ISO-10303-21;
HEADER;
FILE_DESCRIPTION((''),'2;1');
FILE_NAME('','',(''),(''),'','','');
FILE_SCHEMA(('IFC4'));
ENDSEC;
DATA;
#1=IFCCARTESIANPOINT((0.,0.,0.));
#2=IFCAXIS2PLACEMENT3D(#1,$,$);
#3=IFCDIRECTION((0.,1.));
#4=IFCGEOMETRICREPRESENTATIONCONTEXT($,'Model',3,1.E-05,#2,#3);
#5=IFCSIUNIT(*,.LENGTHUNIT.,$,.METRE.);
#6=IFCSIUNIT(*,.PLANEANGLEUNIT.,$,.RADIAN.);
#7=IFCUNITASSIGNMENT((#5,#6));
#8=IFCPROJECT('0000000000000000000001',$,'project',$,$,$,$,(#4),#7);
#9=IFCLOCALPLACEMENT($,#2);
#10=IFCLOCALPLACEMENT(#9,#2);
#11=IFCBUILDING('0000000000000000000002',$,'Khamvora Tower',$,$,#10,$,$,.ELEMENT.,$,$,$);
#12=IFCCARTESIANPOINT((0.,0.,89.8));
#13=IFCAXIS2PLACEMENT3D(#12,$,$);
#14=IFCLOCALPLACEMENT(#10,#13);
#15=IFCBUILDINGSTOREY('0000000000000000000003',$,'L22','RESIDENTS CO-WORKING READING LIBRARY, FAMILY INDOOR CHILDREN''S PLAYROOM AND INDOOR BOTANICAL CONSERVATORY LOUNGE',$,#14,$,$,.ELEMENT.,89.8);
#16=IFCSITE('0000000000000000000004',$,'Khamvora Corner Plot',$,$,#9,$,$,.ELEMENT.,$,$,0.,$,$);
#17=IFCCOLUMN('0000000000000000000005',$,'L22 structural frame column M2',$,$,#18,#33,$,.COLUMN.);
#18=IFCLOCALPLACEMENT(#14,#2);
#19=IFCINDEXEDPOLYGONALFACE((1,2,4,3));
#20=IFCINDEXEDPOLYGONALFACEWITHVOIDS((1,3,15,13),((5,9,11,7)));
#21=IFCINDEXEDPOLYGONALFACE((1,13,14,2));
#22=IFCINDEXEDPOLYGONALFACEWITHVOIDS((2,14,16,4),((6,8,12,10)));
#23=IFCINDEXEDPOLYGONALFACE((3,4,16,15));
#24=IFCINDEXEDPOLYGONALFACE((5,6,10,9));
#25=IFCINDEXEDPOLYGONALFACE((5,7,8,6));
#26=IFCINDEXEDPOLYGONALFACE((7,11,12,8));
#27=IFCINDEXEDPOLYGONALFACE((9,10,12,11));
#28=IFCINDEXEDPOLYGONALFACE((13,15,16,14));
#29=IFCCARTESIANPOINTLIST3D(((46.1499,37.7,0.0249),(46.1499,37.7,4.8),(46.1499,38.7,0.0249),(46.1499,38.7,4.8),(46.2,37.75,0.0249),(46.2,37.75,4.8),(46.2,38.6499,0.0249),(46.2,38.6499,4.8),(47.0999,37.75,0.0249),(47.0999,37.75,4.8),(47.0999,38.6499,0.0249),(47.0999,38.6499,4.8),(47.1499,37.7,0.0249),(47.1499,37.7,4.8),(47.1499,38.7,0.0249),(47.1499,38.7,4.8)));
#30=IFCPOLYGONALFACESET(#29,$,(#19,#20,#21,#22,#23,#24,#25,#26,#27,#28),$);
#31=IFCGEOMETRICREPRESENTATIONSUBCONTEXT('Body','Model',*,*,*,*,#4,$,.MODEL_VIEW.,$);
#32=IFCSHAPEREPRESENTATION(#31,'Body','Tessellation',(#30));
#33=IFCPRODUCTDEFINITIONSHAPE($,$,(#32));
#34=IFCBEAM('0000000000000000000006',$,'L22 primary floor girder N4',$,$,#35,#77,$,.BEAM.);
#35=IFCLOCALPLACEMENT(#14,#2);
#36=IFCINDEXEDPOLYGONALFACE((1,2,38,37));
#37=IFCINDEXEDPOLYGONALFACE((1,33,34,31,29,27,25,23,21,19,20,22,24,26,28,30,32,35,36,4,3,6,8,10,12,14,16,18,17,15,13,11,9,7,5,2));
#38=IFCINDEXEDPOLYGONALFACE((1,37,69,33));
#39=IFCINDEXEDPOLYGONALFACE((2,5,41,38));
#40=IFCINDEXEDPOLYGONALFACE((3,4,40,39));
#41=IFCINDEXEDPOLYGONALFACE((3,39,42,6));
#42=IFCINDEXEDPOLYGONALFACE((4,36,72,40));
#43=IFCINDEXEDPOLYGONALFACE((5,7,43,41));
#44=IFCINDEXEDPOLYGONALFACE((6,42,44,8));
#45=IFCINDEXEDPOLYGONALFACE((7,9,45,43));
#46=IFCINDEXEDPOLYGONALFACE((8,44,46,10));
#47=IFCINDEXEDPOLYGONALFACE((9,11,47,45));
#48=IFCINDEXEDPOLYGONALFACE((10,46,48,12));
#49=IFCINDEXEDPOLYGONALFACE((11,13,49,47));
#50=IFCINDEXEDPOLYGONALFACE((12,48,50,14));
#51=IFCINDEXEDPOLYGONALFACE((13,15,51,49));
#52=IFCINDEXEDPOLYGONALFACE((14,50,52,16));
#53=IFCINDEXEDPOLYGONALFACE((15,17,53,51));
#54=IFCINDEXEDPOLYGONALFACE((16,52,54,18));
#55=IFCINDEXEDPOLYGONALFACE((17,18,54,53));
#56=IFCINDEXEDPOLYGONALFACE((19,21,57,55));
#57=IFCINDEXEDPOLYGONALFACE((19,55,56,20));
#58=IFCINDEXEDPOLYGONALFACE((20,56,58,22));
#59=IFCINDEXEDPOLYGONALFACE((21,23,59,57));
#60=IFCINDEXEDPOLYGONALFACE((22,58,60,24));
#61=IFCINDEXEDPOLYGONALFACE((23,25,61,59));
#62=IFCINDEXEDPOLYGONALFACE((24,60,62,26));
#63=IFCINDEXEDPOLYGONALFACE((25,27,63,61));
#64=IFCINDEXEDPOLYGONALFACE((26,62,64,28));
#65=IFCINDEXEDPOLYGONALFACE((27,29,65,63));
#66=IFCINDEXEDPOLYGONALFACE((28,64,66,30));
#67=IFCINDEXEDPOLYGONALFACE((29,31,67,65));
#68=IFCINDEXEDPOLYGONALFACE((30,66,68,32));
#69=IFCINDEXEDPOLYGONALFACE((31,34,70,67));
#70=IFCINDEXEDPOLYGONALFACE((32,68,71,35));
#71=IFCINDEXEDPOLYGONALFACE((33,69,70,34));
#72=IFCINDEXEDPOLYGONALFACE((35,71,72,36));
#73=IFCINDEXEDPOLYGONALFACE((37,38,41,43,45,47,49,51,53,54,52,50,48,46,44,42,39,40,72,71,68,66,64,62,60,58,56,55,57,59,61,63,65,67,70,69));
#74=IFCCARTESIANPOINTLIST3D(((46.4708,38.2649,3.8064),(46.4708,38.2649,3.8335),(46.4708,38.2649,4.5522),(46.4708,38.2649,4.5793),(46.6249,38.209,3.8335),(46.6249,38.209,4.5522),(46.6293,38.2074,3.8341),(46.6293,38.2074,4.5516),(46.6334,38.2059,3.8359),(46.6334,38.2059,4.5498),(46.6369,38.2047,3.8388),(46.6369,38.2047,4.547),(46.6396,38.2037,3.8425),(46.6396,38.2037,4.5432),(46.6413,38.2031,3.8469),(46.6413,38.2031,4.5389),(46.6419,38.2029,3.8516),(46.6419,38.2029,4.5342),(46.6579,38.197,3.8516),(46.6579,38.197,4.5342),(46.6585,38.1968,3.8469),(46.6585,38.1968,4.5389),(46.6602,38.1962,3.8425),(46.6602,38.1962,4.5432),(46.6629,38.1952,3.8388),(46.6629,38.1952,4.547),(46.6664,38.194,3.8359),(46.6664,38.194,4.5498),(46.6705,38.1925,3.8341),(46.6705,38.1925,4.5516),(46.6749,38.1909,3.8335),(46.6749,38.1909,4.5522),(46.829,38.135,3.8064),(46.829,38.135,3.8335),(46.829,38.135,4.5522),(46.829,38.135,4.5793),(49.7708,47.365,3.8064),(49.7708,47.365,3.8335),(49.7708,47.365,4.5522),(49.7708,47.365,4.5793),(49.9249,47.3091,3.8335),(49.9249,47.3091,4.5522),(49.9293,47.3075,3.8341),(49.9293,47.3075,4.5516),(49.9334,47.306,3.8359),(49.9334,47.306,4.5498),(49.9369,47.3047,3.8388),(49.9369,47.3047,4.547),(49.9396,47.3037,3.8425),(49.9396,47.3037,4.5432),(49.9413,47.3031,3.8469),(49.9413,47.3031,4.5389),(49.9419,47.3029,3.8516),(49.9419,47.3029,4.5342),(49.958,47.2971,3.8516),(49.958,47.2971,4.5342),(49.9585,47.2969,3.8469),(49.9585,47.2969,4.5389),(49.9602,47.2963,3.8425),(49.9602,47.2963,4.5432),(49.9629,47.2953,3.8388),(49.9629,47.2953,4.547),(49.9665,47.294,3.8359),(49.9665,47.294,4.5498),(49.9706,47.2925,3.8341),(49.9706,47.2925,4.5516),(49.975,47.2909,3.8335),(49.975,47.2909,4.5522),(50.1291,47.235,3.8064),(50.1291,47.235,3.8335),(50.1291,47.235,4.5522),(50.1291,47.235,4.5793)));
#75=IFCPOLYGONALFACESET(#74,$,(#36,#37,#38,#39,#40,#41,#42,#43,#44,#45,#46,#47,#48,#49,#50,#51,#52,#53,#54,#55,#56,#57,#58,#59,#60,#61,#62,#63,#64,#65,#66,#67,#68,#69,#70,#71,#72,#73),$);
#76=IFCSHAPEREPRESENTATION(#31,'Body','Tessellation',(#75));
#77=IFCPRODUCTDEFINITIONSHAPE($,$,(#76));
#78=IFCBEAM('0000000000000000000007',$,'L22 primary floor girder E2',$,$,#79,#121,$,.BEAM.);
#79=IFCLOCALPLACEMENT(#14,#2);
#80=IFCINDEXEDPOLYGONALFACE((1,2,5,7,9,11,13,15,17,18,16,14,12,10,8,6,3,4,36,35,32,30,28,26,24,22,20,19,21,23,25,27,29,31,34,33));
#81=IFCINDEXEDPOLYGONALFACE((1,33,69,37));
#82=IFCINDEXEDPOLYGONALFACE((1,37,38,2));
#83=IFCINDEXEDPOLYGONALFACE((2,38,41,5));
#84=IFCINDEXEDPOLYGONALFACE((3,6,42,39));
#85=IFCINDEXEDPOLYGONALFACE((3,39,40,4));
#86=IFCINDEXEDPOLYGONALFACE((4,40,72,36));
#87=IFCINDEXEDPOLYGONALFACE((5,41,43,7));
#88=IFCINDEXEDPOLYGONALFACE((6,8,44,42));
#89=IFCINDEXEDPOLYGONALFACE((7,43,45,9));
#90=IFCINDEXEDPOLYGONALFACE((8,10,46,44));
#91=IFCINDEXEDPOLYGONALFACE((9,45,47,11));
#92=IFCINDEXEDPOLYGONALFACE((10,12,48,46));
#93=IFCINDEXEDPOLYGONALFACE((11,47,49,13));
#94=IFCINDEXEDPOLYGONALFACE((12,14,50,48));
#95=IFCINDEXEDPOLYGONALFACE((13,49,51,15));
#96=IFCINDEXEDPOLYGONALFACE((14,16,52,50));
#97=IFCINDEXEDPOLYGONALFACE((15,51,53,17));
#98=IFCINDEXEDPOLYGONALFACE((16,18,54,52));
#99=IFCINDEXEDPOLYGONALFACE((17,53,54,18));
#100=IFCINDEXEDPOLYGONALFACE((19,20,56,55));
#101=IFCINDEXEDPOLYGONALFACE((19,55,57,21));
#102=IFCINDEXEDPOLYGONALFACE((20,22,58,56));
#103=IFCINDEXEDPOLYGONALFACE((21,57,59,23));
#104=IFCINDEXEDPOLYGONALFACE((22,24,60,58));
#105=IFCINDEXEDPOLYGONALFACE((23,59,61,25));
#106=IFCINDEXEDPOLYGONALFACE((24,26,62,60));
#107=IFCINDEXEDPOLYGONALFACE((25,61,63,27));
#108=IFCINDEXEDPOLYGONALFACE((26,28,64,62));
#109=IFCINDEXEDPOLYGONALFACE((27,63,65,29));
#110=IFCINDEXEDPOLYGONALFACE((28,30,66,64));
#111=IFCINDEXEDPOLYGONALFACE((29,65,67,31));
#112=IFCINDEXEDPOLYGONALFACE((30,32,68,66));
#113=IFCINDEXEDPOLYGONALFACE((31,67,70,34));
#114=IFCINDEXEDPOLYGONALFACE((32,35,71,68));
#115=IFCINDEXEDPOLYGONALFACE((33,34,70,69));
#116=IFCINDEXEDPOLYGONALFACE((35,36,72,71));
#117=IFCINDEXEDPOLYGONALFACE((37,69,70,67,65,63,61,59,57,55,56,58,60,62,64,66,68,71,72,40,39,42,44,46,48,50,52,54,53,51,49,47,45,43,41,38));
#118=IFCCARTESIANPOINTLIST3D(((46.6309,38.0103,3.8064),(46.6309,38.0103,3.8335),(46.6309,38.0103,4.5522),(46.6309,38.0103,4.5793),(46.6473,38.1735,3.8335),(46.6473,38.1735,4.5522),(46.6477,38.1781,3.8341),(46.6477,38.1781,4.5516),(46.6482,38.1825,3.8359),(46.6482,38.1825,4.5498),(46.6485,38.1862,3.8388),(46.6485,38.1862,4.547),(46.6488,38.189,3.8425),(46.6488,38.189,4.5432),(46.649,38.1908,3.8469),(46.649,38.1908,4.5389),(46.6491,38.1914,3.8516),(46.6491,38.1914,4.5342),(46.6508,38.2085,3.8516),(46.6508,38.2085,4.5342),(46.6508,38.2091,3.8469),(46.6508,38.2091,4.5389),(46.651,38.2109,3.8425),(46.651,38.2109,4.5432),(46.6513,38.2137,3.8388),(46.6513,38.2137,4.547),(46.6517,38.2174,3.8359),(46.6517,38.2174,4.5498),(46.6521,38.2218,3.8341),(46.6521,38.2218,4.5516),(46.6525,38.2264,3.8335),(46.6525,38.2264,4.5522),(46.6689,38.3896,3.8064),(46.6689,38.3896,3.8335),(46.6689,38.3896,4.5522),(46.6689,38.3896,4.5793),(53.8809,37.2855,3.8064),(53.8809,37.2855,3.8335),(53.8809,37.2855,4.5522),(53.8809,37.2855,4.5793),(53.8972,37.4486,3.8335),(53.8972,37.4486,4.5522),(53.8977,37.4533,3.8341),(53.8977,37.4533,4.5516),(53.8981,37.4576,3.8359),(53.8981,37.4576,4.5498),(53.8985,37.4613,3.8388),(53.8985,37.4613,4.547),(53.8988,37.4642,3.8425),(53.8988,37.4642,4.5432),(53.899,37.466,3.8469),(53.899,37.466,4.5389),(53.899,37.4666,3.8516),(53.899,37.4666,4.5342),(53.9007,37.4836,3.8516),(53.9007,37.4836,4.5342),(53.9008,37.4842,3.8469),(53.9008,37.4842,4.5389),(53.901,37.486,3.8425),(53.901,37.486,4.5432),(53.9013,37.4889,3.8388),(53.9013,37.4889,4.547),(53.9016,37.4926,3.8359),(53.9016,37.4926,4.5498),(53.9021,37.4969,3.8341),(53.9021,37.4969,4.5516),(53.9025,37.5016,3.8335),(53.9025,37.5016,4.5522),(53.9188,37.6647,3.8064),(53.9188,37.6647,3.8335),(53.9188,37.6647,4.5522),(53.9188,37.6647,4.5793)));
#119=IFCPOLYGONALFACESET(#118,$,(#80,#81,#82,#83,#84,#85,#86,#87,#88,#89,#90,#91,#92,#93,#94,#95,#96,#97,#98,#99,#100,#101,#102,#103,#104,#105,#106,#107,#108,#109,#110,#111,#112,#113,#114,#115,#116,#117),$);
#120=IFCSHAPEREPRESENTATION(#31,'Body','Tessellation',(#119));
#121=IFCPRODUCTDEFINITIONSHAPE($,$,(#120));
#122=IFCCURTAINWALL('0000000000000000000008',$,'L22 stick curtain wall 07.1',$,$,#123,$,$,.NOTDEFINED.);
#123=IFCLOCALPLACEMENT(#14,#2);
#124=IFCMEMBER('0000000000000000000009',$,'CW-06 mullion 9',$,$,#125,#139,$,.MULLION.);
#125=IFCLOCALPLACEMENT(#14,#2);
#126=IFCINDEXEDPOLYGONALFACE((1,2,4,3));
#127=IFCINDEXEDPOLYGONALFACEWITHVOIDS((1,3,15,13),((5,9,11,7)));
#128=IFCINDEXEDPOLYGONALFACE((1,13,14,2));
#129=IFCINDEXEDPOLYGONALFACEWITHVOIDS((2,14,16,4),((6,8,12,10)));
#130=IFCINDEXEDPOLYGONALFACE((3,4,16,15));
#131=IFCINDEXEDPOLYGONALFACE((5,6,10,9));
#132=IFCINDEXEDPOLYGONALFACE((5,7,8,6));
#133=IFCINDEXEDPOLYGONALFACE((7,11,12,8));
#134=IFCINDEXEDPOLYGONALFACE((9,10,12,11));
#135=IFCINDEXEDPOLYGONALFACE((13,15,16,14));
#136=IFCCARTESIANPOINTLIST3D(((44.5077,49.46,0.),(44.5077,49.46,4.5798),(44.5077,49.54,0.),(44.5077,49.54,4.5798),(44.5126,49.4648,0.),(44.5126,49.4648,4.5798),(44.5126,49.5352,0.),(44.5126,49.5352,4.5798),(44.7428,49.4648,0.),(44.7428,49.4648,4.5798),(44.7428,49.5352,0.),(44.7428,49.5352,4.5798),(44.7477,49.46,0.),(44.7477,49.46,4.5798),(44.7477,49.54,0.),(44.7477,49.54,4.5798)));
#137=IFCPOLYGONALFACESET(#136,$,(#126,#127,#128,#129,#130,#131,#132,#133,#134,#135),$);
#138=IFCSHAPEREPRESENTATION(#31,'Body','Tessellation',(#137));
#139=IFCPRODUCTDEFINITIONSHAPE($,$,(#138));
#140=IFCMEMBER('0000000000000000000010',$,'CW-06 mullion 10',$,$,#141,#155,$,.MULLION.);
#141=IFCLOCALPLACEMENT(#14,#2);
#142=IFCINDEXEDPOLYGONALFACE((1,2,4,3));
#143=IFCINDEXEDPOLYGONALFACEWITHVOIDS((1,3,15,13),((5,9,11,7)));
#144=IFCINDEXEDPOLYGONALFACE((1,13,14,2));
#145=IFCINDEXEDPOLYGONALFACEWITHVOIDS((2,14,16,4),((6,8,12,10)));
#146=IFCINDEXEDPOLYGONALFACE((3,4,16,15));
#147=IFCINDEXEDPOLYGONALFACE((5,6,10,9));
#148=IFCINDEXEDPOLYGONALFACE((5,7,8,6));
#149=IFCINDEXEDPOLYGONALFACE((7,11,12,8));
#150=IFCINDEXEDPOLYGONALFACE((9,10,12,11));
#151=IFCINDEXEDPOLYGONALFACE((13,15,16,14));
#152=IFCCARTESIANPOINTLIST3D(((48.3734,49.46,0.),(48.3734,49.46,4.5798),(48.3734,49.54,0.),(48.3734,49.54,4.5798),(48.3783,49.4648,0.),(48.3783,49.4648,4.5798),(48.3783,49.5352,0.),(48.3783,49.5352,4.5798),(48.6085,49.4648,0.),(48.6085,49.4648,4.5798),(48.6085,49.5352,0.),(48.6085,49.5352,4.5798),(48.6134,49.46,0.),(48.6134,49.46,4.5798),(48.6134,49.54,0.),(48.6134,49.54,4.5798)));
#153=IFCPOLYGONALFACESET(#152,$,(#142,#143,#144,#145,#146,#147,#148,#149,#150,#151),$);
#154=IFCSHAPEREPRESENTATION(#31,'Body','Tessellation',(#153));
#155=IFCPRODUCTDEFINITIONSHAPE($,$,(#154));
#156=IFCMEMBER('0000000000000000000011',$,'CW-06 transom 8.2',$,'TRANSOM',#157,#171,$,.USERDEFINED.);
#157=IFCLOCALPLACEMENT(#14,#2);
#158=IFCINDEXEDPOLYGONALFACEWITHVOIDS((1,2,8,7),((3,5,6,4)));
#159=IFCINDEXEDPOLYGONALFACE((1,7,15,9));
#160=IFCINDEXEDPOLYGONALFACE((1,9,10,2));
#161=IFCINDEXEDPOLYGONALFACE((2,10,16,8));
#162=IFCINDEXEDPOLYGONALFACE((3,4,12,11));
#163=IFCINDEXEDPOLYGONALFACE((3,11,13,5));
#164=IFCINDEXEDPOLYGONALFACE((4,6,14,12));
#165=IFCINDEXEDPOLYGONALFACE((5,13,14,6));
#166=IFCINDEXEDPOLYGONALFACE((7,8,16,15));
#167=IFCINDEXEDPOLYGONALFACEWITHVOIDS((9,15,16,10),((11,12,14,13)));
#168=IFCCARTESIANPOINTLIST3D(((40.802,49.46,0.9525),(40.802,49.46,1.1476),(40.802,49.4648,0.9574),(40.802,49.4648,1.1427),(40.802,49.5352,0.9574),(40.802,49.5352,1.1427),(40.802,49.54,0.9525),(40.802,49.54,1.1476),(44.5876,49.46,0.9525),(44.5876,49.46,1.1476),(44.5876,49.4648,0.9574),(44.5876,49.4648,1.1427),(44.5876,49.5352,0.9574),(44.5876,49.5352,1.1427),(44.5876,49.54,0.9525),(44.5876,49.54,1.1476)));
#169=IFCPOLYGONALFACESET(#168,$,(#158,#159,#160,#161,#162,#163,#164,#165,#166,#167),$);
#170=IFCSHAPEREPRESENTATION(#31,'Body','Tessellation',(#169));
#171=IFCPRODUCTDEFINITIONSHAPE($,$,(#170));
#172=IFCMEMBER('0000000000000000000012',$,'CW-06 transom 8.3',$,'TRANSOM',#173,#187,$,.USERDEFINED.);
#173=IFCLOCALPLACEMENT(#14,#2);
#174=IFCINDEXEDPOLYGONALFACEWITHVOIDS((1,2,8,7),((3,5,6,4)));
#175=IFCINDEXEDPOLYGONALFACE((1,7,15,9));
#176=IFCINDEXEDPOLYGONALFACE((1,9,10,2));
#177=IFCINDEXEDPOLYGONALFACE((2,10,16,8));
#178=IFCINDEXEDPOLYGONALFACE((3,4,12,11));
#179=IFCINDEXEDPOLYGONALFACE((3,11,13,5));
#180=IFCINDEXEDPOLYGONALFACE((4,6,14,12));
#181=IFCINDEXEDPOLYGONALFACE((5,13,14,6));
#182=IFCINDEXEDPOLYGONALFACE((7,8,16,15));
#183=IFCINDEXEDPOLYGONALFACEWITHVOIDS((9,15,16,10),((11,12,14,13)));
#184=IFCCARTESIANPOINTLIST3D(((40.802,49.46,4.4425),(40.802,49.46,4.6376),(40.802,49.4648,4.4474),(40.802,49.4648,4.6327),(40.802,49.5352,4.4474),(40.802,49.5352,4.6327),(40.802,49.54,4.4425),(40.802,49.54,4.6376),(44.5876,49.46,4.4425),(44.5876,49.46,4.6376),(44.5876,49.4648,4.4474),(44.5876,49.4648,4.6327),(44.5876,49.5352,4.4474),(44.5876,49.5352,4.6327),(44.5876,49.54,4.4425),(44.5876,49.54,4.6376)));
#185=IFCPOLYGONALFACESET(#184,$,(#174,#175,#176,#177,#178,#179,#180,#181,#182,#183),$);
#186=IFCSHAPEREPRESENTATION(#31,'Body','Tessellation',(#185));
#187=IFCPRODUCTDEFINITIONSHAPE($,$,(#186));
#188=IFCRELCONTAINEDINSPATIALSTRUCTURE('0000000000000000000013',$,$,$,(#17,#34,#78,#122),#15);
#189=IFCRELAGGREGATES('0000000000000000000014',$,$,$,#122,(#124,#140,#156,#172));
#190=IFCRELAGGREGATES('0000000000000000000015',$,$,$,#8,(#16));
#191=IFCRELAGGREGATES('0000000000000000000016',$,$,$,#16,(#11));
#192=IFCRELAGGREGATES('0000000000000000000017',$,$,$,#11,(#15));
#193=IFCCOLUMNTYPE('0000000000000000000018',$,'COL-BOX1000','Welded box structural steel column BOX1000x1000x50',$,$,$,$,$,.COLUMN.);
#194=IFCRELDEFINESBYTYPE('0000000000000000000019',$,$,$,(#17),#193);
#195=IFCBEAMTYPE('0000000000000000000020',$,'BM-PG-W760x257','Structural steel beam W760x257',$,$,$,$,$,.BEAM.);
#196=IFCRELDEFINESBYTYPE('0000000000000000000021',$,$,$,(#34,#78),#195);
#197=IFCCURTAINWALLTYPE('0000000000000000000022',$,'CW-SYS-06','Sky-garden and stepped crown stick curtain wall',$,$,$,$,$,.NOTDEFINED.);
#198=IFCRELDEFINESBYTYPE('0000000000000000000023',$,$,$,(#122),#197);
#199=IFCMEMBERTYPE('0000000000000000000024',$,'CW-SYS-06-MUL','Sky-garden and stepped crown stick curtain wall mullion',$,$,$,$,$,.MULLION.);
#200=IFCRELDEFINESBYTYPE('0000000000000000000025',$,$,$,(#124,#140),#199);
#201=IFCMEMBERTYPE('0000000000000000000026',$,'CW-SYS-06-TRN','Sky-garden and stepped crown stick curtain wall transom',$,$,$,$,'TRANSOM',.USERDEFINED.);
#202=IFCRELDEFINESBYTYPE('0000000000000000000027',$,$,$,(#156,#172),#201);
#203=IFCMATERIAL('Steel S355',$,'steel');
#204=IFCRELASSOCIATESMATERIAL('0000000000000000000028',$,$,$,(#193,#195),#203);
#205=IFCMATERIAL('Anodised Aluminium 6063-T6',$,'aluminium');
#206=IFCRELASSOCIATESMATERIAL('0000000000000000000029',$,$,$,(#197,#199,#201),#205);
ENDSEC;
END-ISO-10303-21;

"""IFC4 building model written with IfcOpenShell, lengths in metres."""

from ifc_helpers import new_model, si_unit, direction, frame, origin, origin_2d, place, context, subcontext, project, spatial, hollow_rectangle, i_section, extrude, material, material_profile, profile_set, type_object, element, aggregate, save


model = new_model("IFC4")

# Units and contexts
model_context = context("Model", 3, precision=1e-05, world=origin(), true_north=direction((0.0, 1.0)))
body_context = subcontext(model_context, "Body", "Model", "MODEL_VIEW")
ifc_project = project(units=[si_unit("LENGTHUNIT", "METRE"), si_unit("PLANEANGLEUNIT", "RADIAN")], contexts=[model_context])

# Site, building, storey
site_placement = place(None, origin())
site = spatial("IfcSite", under=ifc_project, at=site_placement, Name="Khamvora Corner Plot", CompositionType="ELEMENT", RefElevation=0.0)
building_placement = place(site_placement, origin())
building = spatial("IfcBuilding", under=site, at=building_placement, Name="Khamvora Tower", CompositionType="ELEMENT")
storey_placement = place(building_placement, frame((0.0, 0.0, 89.8)))
storey = spatial("IfcBuildingStorey", under=building, at=storey_placement, Name="L22", Description="RESIDENTS CO-WORKING READING LIBRARY, FAMILY INDOOR CHILDREN'S PLAYROOM AND INDOOR BOTANICAL CONSERVATORY LOUNGE", CompositionType="ELEMENT", Elevation=89.8)

# Column
ifc_material_1 = material(Name="Steel S355", Category="steel")
ifc_material_profile_1 = material_profile(ifc_material_1, hollow_rectangle(XDim=1.0, YDim=1.0, WallThickness=0.05, at=origin_2d()), Name="BOX1000x1000x50")
ifc_profile_set_1 = profile_set([ifc_material_profile_1], Name="Steel S355")
column_type = type_object("IfcColumnType", Name="COL-BOX1000", Description="Welded box structural steel column BOX1000x1000x50", PredefinedType="COLUMN", material=ifc_profile_set_1)
column_placement = place(storey_placement, frame((46.6499, 38.2, 0.0249), z_axis=(0.0, 0.0, 1.0), x_axis=(1.0, 0.0, 0.0)))
element("IfcColumn", 1, at=column_placement, inside=storey, type_object=column_type, Name="L22 structural frame column M2", PredefinedType="COLUMN", context=body_context, shape_type="SweptSolid", body=[
    extrude(hollow_rectangle(XDim=1.0, YDim=1.0, WallThickness=0.05, at=origin_2d()), origin(), (0.0, 0.0, 1.0), 4.7751),
])

# Beams
ifc_material_profile_2 = material_profile(ifc_material_1, i_section(OverallWidth=0.3811, OverallDepth=0.7729, WebThickness=0.0171, FlangeThickness=0.0271, FilletRadius=0.0181, at=origin_2d()), Name="W760x257")
ifc_profile_set_2 = profile_set([ifc_material_profile_2], Name="Steel S355")
beam_type = type_object("IfcBeamType", Name="BM-PG-W760x257", Description="Structural steel beam W760x257", PredefinedType="BEAM", material=ifc_profile_set_2)
beam_1_placement = place(storey_placement, frame((46.6499, 38.2, 4.1929), z_axis=(0.340915, 0.940094, 0.0), x_axis=(-0.940094, 0.340915, 0.0)))
element("IfcBeam", 2, at=beam_1_placement, inside=storey, type_object=beam_type, Name="L22 primary floor girder N4", PredefinedType="BEAM", context=body_context, shape_type="SweptSolid", body=[
    extrude(i_section(OverallWidth=0.3811, OverallDepth=0.7729, WebThickness=0.0171, FlangeThickness=0.0271, FilletRadius=0.0181, at=origin_2d()), origin(), (0.0, 0.0, 1.0), 9.6799),
])
beam_2_placement = place(storey_placement, frame((46.6499, 38.2, 4.1929), z_axis=(0.995039, -0.099484, 0.0), x_axis=(0.099484, 0.995039, 0.0)))
element("IfcBeam", 3, at=beam_2_placement, inside=storey, type_object=beam_type, Name="L22 primary floor girder E2", PredefinedType="BEAM", context=body_context, shape_type="SweptSolid", body=[
    extrude(i_section(OverallWidth=0.3811, OverallDepth=0.7729, WebThickness=0.0171, FlangeThickness=0.0271, FilletRadius=0.0181, at=origin_2d()), origin(), (0.0, 0.0, 1.0), 7.2861),
])

# Curtain wall, members
ifc_material_2 = material(Name="Anodised Aluminium 6063-T6", Category="aluminium")
curtain_wall_type = type_object("IfcCurtainWallType", Name="CW-SYS-06", Description="Sky-garden and stepped crown stick curtain wall", PredefinedType="NOTDEFINED", material=ifc_material_2)
curtain_wall_placement = place(storey_placement, origin())
curtain_wall = element("IfcCurtainWall", 4, at=curtain_wall_placement, inside=storey, type_object=curtain_wall_type, Name="L22 stick curtain wall 07.1", PredefinedType="NOTDEFINED")
ifc_material_profile_3 = material_profile(ifc_material_2, hollow_rectangle(XDim=0.0801, YDim=0.24, WallThickness=0.0049, at=origin_2d()), Name="MUL80x240x5")
ifc_profile_set_3 = profile_set([ifc_material_profile_3], Name="Anodised Aluminium 6063-T6")
member_type_1 = type_object("IfcMemberType", Name="CW-SYS-06-MUL", Description="Sky-garden and stepped crown stick curtain wall mullion", PredefinedType="MULLION", material=ifc_profile_set_3)
member_1_placement = place(storey_placement, frame((44.6277, 49.5, 0.0), z_axis=(0.0, 0.0, 1.0), x_axis=(0.0, 1.0, 0.0)))
member_1 = element("IfcMember", 5, at=member_1_placement, type_object=member_type_1, Name="CW-06 mullion 9", PredefinedType="MULLION", context=body_context, shape_type="SweptSolid", body=[
    extrude(hollow_rectangle(XDim=0.0801, YDim=0.24, WallThickness=0.0049, at=origin_2d()), origin(), (0.0, 0.0, 1.0), 4.5798),
])
member_2_placement = place(storey_placement, frame((48.4934, 49.5, 0.0), z_axis=(0.0, 0.0, 1.0), x_axis=(0.0, 1.0, 0.0)))
member_2 = element("IfcMember", 6, at=member_2_placement, type_object=member_type_1, Name="CW-06 mullion 10", PredefinedType="MULLION", context=body_context, shape_type="SweptSolid", body=[
    extrude(hollow_rectangle(XDim=0.0801, YDim=0.24, WallThickness=0.0049, at=origin_2d()), origin(), (0.0, 0.0, 1.0), 4.5798),
])
ifc_material_profile_4 = material_profile(ifc_material_2, hollow_rectangle(XDim=0.0801, YDim=0.1951, WallThickness=0.0049, at=origin_2d()), Name="TRN80x195x5")
ifc_profile_set_4 = profile_set([ifc_material_profile_4], Name="Anodised Aluminium 6063-T6")
member_type_2 = type_object("IfcMemberType", Name="CW-SYS-06-TRN", Description="Sky-garden and stepped crown stick curtain wall transom", ElementType="TRANSOM", PredefinedType="USERDEFINED", material=ifc_profile_set_4)
member_3_placement = place(storey_placement, frame((40.802, 49.5, 1.05), z_axis=(1.0, 0.0, 0.0), x_axis=(0.0, 1.0, 0.0)))
member_3 = element("IfcMember", 7, at=member_3_placement, type_object=member_type_2, Name="CW-06 transom 8.2", ObjectType="TRANSOM", PredefinedType="USERDEFINED", context=body_context, shape_type="SweptSolid", body=[
    extrude(hollow_rectangle(XDim=0.0801, YDim=0.1951, WallThickness=0.0049, at=origin_2d()), origin(), (0.0, 0.0, 1.0), 3.7856),
])
member_4_placement = place(storey_placement, frame((40.802, 49.5, 4.54), z_axis=(1.0, 0.0, 0.0), x_axis=(0.0, 1.0, 0.0)))
member_4 = element("IfcMember", 8, at=member_4_placement, type_object=member_type_2, Name="CW-06 transom 8.3", ObjectType="TRANSOM", PredefinedType="USERDEFINED", context=body_context, shape_type="SweptSolid", body=[
    extrude(hollow_rectangle(XDim=0.0801, YDim=0.1951, WallThickness=0.0049, at=origin_2d()), origin(), (0.0, 0.0, 1.0), 3.7856),
])
aggregate(curtain_wall, [member_1, member_2, member_3, member_4])

save(model, "model.ifc")
